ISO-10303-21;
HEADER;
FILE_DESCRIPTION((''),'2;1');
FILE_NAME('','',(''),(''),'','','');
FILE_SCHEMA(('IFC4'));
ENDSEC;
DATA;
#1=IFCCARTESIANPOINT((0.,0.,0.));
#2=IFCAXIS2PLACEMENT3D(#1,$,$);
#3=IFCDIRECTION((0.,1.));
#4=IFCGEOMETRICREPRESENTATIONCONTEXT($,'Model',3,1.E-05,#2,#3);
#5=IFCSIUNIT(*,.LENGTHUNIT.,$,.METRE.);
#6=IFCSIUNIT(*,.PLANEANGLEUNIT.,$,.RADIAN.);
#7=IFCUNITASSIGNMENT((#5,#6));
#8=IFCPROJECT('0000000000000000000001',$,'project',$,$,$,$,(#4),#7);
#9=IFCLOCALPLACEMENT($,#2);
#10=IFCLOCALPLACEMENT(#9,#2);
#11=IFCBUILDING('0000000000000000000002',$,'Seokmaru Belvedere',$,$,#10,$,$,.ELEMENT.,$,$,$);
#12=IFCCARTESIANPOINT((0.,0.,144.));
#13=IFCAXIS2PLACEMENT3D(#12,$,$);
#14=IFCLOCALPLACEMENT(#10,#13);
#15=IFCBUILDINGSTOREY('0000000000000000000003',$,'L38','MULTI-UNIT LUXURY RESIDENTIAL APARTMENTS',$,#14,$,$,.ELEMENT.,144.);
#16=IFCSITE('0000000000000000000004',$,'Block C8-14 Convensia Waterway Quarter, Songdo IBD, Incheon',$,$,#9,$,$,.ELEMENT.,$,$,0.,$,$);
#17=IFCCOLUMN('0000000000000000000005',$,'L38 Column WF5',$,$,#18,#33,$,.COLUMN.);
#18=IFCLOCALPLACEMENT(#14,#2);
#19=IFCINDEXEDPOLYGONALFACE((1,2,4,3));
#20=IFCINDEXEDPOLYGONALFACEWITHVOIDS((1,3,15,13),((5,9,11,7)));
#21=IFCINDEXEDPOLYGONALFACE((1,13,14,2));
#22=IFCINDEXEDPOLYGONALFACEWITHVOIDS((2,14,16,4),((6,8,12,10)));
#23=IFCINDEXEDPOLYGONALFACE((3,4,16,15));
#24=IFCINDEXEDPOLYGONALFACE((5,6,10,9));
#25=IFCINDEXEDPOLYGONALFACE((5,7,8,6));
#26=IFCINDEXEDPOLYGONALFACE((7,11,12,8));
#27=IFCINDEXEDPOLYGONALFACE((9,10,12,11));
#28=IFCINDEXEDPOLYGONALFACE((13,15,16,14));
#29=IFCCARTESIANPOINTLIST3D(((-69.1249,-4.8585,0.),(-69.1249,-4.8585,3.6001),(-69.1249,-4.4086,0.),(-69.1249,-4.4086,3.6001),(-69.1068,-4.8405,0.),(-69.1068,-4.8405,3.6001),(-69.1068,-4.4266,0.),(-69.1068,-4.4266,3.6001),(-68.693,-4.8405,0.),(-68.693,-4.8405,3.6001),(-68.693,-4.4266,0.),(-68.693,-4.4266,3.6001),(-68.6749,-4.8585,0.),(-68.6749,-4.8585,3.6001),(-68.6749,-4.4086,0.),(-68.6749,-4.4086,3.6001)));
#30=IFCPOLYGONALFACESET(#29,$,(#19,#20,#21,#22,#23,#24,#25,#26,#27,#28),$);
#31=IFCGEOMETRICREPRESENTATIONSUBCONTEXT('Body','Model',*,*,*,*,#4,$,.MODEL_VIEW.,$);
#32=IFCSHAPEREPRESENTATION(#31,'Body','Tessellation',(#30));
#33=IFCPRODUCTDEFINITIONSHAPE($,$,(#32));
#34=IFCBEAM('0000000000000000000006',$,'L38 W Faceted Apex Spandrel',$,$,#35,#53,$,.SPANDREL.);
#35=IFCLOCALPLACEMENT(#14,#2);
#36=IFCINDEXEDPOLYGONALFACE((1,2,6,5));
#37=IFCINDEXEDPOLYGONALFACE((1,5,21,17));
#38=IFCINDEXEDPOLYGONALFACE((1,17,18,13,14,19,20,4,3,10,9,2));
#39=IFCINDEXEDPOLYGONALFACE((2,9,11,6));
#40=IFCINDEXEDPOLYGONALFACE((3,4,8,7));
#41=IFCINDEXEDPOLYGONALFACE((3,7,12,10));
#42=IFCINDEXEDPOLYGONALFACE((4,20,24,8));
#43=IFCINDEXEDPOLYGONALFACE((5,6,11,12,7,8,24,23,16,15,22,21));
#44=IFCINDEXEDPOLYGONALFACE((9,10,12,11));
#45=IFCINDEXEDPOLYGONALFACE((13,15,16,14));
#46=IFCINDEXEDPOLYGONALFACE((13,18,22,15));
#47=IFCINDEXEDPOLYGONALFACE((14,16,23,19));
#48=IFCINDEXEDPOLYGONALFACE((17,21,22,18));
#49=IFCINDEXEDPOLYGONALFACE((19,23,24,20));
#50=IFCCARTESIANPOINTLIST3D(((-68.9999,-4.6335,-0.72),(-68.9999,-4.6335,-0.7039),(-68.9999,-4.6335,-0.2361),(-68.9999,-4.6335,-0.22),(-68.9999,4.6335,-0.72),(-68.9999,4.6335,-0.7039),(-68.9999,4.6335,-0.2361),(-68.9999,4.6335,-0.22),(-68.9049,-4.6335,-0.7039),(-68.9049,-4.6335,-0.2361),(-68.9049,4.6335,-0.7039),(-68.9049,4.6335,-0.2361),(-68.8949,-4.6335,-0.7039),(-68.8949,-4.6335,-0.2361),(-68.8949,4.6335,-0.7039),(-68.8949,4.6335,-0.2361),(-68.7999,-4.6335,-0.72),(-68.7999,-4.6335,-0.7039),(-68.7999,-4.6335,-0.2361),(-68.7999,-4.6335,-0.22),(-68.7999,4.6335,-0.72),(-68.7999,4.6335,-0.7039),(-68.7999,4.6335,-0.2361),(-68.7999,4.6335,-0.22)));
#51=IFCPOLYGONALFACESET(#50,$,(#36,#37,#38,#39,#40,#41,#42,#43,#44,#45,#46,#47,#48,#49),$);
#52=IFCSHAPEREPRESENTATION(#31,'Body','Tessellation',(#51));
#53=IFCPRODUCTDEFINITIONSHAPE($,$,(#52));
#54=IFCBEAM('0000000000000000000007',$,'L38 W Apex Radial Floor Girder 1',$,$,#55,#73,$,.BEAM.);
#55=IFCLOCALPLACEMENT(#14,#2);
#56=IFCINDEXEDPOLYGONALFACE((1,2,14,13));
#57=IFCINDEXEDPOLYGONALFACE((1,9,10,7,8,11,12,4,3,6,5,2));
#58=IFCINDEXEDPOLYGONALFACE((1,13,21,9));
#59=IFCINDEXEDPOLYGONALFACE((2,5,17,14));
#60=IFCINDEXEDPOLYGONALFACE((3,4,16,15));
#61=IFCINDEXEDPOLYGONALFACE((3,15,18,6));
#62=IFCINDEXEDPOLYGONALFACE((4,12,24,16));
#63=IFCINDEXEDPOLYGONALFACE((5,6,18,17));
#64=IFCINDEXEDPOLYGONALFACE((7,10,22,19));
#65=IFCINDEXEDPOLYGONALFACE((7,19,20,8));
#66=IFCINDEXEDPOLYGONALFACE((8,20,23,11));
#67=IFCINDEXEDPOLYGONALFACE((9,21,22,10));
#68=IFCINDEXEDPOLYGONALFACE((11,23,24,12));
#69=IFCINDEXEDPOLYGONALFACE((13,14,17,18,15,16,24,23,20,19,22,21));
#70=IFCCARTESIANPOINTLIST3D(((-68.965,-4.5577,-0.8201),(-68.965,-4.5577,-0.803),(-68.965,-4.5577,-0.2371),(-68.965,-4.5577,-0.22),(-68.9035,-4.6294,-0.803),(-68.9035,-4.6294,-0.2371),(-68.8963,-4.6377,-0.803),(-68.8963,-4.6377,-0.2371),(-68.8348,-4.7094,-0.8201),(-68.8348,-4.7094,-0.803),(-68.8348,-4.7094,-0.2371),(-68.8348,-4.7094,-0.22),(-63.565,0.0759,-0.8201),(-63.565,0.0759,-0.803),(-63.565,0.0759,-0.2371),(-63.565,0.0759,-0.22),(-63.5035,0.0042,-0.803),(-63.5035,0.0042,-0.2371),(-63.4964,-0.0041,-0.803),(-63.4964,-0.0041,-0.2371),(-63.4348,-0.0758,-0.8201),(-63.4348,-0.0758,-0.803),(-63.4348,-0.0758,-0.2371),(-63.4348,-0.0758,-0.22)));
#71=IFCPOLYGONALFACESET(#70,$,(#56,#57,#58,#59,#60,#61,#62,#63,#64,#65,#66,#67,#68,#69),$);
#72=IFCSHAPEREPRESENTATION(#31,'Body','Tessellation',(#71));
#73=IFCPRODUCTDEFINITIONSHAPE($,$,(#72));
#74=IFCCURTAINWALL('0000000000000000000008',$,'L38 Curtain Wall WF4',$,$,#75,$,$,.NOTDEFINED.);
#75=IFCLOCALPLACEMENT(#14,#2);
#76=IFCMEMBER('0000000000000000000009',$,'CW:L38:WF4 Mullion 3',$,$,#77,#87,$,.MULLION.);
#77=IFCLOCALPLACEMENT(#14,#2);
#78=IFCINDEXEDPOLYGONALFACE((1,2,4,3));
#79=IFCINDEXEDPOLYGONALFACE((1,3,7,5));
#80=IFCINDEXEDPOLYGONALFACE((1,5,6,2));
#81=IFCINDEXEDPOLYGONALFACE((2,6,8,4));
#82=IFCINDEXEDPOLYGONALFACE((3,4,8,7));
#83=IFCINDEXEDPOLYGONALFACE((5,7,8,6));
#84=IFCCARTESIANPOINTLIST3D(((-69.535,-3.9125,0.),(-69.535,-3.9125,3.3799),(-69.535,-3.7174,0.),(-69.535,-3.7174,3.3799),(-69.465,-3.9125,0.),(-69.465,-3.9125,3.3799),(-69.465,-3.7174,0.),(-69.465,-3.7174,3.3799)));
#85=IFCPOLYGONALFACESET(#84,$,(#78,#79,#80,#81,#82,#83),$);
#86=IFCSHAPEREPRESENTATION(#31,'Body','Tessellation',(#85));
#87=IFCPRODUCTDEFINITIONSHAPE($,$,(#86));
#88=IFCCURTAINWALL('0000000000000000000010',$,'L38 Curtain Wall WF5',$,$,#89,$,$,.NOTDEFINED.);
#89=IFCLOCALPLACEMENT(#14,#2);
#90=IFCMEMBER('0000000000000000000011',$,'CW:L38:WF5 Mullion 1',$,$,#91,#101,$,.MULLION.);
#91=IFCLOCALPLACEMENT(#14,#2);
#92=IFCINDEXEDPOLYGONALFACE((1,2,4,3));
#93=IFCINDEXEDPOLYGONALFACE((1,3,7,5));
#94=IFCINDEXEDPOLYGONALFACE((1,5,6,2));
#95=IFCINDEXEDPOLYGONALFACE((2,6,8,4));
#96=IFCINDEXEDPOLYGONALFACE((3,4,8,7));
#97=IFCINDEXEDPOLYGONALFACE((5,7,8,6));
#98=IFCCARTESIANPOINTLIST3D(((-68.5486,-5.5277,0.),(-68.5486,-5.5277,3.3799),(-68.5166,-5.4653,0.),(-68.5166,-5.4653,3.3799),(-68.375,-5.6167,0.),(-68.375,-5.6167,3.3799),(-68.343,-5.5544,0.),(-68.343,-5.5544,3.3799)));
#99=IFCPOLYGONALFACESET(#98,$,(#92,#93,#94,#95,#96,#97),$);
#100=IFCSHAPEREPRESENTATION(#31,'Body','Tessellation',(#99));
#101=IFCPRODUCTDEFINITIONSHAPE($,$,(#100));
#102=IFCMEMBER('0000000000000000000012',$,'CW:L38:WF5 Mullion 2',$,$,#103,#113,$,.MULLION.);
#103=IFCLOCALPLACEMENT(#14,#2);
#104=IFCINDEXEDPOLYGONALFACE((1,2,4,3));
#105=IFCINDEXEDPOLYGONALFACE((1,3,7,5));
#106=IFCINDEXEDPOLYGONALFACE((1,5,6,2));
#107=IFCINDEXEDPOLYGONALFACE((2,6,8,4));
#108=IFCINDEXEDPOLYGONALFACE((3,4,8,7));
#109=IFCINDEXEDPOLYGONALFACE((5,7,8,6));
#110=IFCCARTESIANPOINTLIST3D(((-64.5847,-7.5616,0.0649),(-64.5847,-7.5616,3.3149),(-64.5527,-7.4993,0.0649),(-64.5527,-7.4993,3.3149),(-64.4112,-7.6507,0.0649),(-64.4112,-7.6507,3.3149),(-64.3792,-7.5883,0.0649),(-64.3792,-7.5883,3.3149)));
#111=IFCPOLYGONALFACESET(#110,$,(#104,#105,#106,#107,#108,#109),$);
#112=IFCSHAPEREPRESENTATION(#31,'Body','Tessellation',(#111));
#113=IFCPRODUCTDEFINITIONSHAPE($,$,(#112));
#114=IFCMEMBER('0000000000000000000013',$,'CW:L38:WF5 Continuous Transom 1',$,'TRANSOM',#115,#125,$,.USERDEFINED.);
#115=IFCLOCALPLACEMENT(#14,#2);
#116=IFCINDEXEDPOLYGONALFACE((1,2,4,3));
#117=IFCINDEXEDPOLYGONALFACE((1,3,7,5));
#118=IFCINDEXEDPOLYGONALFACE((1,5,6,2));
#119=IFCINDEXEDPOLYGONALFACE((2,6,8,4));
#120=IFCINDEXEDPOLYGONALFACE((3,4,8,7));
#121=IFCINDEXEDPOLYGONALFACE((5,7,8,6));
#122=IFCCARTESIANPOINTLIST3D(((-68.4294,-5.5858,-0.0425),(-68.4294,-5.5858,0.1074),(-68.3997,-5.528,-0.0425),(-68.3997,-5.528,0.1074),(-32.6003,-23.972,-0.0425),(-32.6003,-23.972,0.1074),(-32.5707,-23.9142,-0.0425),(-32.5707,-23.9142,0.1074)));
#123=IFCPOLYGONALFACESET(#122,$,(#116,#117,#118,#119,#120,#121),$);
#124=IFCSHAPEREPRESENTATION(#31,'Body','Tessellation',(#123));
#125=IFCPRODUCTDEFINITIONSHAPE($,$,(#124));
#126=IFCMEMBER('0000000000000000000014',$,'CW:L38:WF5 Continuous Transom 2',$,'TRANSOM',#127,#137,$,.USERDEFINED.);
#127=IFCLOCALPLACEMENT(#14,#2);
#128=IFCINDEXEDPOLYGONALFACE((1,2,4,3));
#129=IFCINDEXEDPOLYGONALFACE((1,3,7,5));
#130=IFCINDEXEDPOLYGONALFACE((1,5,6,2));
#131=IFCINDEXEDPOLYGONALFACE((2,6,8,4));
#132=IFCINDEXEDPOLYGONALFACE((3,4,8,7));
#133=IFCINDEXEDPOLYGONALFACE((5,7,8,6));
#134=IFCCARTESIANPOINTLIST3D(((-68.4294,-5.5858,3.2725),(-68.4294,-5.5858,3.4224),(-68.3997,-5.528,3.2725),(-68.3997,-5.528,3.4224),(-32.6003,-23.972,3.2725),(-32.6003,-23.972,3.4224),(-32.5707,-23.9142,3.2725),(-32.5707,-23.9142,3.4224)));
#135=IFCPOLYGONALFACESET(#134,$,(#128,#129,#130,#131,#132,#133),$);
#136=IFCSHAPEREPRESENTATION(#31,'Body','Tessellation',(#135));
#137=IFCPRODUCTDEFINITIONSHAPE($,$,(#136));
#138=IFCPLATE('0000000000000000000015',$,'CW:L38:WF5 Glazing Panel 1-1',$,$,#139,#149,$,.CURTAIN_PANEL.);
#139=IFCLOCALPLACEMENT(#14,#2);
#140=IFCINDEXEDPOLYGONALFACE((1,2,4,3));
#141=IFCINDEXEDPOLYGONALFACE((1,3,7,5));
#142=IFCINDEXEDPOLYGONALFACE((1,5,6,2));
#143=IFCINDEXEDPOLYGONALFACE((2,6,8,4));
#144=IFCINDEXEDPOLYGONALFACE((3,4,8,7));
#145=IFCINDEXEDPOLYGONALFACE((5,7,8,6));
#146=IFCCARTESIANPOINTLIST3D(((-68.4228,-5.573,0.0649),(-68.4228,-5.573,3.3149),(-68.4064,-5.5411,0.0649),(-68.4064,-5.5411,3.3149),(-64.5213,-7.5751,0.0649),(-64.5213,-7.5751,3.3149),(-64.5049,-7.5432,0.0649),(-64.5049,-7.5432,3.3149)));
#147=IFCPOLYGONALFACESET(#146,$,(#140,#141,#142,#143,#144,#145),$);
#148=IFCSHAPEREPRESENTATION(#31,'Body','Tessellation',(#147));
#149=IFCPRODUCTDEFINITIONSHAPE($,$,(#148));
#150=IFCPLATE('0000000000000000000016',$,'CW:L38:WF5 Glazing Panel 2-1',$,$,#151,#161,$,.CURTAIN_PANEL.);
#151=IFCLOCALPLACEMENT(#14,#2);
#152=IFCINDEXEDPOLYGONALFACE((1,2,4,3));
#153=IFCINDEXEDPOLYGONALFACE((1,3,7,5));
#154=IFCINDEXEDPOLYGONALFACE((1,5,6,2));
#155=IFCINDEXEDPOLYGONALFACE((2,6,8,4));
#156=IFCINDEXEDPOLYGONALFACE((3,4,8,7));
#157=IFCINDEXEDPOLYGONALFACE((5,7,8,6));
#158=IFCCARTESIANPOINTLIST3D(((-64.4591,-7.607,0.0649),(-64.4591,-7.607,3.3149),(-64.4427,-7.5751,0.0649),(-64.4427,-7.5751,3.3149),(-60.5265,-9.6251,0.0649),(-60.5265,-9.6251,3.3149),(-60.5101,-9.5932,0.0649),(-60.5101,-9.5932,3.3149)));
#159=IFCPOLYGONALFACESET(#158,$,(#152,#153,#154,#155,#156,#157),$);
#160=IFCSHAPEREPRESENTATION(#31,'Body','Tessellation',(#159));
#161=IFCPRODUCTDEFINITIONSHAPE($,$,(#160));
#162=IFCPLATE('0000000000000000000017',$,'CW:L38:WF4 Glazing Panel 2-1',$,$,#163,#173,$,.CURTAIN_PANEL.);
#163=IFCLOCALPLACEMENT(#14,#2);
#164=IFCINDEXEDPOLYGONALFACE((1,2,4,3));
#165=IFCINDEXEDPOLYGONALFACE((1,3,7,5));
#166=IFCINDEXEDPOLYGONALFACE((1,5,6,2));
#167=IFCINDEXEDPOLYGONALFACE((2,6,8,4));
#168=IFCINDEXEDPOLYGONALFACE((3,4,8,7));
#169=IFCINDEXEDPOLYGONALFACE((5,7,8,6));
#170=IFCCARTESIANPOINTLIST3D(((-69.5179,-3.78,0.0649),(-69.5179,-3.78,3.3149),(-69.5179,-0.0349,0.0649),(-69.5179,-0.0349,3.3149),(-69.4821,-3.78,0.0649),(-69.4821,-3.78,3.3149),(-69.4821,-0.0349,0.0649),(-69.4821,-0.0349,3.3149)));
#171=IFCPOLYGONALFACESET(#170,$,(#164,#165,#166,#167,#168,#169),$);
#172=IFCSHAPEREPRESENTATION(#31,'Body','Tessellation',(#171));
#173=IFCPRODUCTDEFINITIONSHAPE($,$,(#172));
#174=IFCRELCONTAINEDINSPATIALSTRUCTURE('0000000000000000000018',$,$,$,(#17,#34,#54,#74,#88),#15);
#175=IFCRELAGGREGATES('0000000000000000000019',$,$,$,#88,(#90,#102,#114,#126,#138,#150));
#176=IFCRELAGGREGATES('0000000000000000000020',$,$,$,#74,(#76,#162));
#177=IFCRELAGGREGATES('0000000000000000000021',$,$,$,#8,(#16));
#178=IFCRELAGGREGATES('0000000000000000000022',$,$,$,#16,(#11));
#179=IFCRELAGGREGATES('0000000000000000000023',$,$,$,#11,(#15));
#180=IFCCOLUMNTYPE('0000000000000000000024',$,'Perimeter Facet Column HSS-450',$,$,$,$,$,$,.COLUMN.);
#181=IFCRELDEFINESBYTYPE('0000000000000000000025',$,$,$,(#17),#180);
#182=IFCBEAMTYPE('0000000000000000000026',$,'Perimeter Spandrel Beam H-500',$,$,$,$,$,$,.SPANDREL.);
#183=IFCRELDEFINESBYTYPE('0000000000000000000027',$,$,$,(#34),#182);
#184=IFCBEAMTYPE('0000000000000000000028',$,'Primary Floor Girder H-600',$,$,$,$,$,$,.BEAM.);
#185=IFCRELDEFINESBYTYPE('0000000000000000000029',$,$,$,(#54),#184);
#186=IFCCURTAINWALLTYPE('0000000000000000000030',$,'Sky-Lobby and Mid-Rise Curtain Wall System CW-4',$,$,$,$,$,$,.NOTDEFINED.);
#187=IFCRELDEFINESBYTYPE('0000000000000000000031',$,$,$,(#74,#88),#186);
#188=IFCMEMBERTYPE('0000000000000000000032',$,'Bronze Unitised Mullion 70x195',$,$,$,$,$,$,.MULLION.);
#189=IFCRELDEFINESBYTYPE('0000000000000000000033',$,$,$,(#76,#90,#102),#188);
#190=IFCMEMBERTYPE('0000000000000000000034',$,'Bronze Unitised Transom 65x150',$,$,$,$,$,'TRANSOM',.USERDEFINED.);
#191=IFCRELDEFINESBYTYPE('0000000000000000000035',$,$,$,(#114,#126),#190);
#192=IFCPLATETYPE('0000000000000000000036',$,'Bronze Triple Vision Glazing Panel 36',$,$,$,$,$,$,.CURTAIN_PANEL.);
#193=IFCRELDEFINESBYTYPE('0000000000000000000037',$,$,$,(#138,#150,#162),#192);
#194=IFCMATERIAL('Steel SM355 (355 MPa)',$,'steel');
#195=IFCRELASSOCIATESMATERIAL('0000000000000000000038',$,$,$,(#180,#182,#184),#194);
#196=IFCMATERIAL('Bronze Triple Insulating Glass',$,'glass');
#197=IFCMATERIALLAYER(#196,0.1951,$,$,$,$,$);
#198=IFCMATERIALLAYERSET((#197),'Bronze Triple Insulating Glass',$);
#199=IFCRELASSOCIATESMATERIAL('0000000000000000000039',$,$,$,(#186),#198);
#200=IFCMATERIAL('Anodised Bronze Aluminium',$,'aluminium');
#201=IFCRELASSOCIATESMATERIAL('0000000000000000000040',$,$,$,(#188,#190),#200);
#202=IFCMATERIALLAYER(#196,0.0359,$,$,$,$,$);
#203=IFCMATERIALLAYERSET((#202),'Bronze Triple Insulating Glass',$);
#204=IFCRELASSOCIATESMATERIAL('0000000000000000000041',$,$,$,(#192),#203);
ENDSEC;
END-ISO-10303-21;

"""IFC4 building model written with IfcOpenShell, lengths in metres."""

from ifc_helpers import new_model, si_unit, direction, frame, origin, origin_2d, place, context, subcontext, project, spatial, rectangle, hollow_rectangle, i_section, extrude, source, transform, mapped, material, layer, layer_set, material_profile, profile_set, type_object, type_shapes, element, aggregate, save


model = new_model("IFC4")

# Units and contexts
model_context = context("Model", 3, precision=1e-05, world=origin(), true_north=direction((0.0, 1.0)))
body_context = subcontext(model_context, "Body", "Model", "MODEL_VIEW")
ifc_project = project(units=[si_unit("LENGTHUNIT", "METRE"), si_unit("PLANEANGLEUNIT", "RADIAN")], contexts=[model_context])

# Site, building, storey
site_placement = place(None, origin())
site = spatial("IfcSite", under=ifc_project, at=site_placement, Name="Block C8-14 Convensia Waterway Quarter, Songdo IBD, Incheon", CompositionType="ELEMENT", RefElevation=0.0)
building_placement = place(site_placement, origin())
building = spatial("IfcBuilding", under=site, at=building_placement, Name="Seokmaru Belvedere", CompositionType="ELEMENT")
storey_placement = place(building_placement, frame((0.0, 0.0, 144.0)))
storey = spatial("IfcBuildingStorey", under=building, at=storey_placement, Name="L38", Description="MULTI-UNIT LUXURY RESIDENTIAL APARTMENTS", CompositionType="ELEMENT", Elevation=144.0)

# Column
ifc_material_1 = material(Name="Steel SM355 (355 MPa)", Category="steel")
ifc_material_profile_1 = material_profile(ifc_material_1, hollow_rectangle(XDim=0.45, YDim=0.45, WallThickness=0.0181, at=origin_2d()), Name="HSS-450x450x18")
ifc_profile_set_1 = profile_set([ifc_material_profile_1], Name="Steel SM355 (355 MPa)")
column_type = type_object("IfcColumnType", Name="Perimeter Facet Column HSS-450", PredefinedType="COLUMN", material=ifc_profile_set_1)
shared_shape_1 = source(origin(), body_context, "Body", "SweptSolid", [
    extrude(hollow_rectangle(XDim=0.45, YDim=0.45, WallThickness=0.0181, at=origin_2d()), origin(), (0.0, 0.0, 1.0), 3.6001),
])
type_shapes(column_type, [shared_shape_1])
column_placement = place(storey_placement, frame((-68.8999, -4.6335, 0.0), z_axis=(0.0, 0.0, 1.0), x_axis=(1.0, 0.0, 0.0)))
element("IfcColumn", 1, at=column_placement, inside=storey, type_object=column_type, Name="L38 Column WF5", PredefinedType="COLUMN", context=body_context, shape_type="MappedRepresentation", body=[
    mapped(shared_shape_1, transform((0.0, 0.0, 0.0), scale=1.0)),
])

# Beams
ifc_material_profile_2 = material_profile(ifc_material_1, i_section(OverallWidth=0.2, OverallDepth=0.5, WebThickness=0.01, FlangeThickness=0.0161, at=origin_2d()), Name="H-500x200x10x16")
ifc_profile_set_2 = profile_set([ifc_material_profile_2], Name="Steel SM355 (355 MPa)")
beam_type_1 = type_object("IfcBeamType", Name="Perimeter Spandrel Beam H-500", PredefinedType="SPANDREL", material=ifc_profile_set_2)
shared_shape_2 = source(origin(), body_context, "Body", "SweptSolid", [
    extrude(i_section(OverallWidth=0.2, OverallDepth=0.5, WebThickness=0.01, FlangeThickness=0.0161, at=origin_2d()), origin(), (0.0, 0.0, 1.0), 9.2671),
])
type_shapes(beam_type_1, [shared_shape_2])
beam_1_placement = place(storey_placement, frame((-68.8999, -4.6335, -0.47), z_axis=(0.0, 1.0, 0.0), x_axis=(-1.0, 0.0, 0.0)))
element("IfcBeam", 2, at=beam_1_placement, inside=storey, type_object=beam_type_1, Name="L38 W Faceted Apex Spandrel", PredefinedType="SPANDREL", context=body_context, shape_type="MappedRepresentation", body=[
    mapped(shared_shape_2, transform((0.0, 0.0, 0.0), scale=1.0)),
])
ifc_material_profile_3 = material_profile(ifc_material_1, i_section(OverallWidth=0.2, OverallDepth=0.6001, WebThickness=0.011, FlangeThickness=0.0171, at=origin_2d()), Name="H-600x200x11x17")
ifc_profile_set_3 = profile_set([ifc_material_profile_3], Name="Steel SM355 (355 MPa)")
beam_type_2 = type_object("IfcBeamType", Name="Primary Floor Girder H-600", PredefinedType="BEAM", material=ifc_profile_set_3)
shared_shape_3 = source(origin(), body_context, "Body", "SweptSolid", [
    extrude(i_section(OverallWidth=0.2, OverallDepth=0.6001, WebThickness=0.011, FlangeThickness=0.0171, at=origin_2d()), origin(), (0.0, 0.0, 1.0), 7.1155),
])
type_shapes(beam_type_2, [shared_shape_3])
beam_2_placement = place(storey_placement, frame((-68.8999, -4.6335, -0.52), z_axis=(0.758905, 0.651201, 0.0), x_axis=(-0.651201, 0.758905, 0.0)))
element("IfcBeam", 3, at=beam_2_placement, inside=storey, type_object=beam_type_2, Name="L38 W Apex Radial Floor Girder 1", PredefinedType="BEAM", context=body_context, shape_type="MappedRepresentation", body=[
    mapped(shared_shape_3, transform((0.0, 0.0, 0.0), scale=1.0)),
])

# Curtain wall, member
ifc_material_2 = material(Name="Bronze Triple Insulating Glass", Category="glass")
ifc_layer_1 = layer(ifc_material_2, 0.1951)
ifc_layer_set_1 = layer_set([ifc_layer_1], Name="Bronze Triple Insulating Glass")
curtain_wall_type = type_object("IfcCurtainWallType", Name="Sky-Lobby and Mid-Rise Curtain Wall System CW-4", PredefinedType="NOTDEFINED", material=ifc_layer_set_1)
curtain_wall_1_placement = place(storey_placement, origin())
curtain_wall_1 = element("IfcCurtainWall", 4, at=curtain_wall_1_placement, inside=storey, type_object=curtain_wall_type, Name="L38 Curtain Wall WF4", PredefinedType="NOTDEFINED")
ifc_material_3 = material(Name="Anodised Bronze Aluminium", Category="aluminium")
ifc_material_profile_4 = material_profile(ifc_material_3, rectangle(XDim=0.0701, YDim=0.1951, at=origin_2d()), Name="CW-M-70x195")
ifc_profile_set_4 = profile_set([ifc_material_profile_4], Name="Anodised Bronze Aluminium")
member_type_1 = type_object("IfcMemberType", Name="Bronze Unitised Mullion 70x195", PredefinedType="MULLION", material=ifc_profile_set_4)
shared_shape_4 = source(origin(), body_context, "Body", "SweptSolid", [
    extrude(rectangle(XDim=0.0701, YDim=0.1951, at=origin_2d()), origin(), (0.0, 0.0, 1.0), 3.3799),
])
member_1_placement = place(storey_placement, frame((-69.5, -3.8149, 0.0), z_axis=(0.0, 0.0, 1.0), x_axis=(1.0, 0.0, 0.0)))
member_1 = element("IfcMember", 5, at=member_1_placement, type_object=member_type_1, Name="CW:L38:WF4 Mullion 3", PredefinedType="MULLION", context=body_context, shape_type="MappedRepresentation", body=[
    mapped(shared_shape_4, transform((0.0, 0.0, 0.0), scale=1.0)),
])

# Curtain wall, members, plates
curtain_wall_2_placement = place(storey_placement, origin())
curtain_wall_2 = element("IfcCurtainWall", 6, at=curtain_wall_2_placement, inside=storey, type_object=curtain_wall_type, Name="L38 Curtain Wall WF5", PredefinedType="NOTDEFINED")
member_2_placement = place(storey_placement, frame((-68.4458, -5.541, 0.0), z_axis=(0.0, 0.0, 1.0), x_axis=(0.456555, 0.889695, 0.0)))
member_2 = element("IfcMember", 7, at=member_2_placement, type_object=member_type_1, Name="CW:L38:WF5 Mullion 1", PredefinedType="MULLION", context=body_context, shape_type="MappedRepresentation", body=[
    mapped(shared_shape_4, transform((0.0, 0.0, 0.0), scale=1.0)),
])
shared_shape_5 = source(origin(), body_context, "Body", "SweptSolid", [
    extrude(rectangle(XDim=0.0701, YDim=0.1951, at=origin_2d()), origin(), (0.0, 0.0, 1.0), 3.25),
])
type_shapes(member_type_1, [shared_shape_4, shared_shape_5])
member_3_placement = place(storey_placement, frame((-64.4819, -7.575, 0.0649), z_axis=(0.0, 0.0, 1.0), x_axis=(0.456555, 0.889695, 0.0)))
member_3 = element("IfcMember", 8, at=member_3_placement, type_object=member_type_1, Name="CW:L38:WF5 Mullion 2", PredefinedType="MULLION", context=body_context, shape_type="MappedRepresentation", body=[
    mapped(shared_shape_5, transform((0.0, 0.0, 0.0), scale=1.0)),
])
ifc_material_profile_5 = material_profile(ifc_material_3, rectangle(XDim=0.0649, YDim=0.1499, at=origin_2d()), Name="CW-T-65x150")
ifc_profile_set_5 = profile_set([ifc_material_profile_5], Name="Anodised Bronze Aluminium")
member_type_2 = type_object("IfcMemberType", Name="Bronze Unitised Transom 65x150", ElementType="TRANSOM", PredefinedType="USERDEFINED", material=ifc_profile_set_5)
shared_shape_6 = source(origin(), body_context, "Body", "SweptSolid", [
    extrude(rectangle(XDim=0.0649, YDim=0.1499, at=origin_2d()), origin(), (0.0, 0.0, 1.0), 40.2712),
])
type_shapes(member_type_2, [shared_shape_6])
member_4_placement = place(storey_placement, frame((-68.4146, -5.5569, 0.0325), z_axis=(0.889693, -0.456559, 0.0), x_axis=(0.456559, 0.889693, 0.0)))
member_4 = element("IfcMember", 9, at=member_4_placement, type_object=member_type_2, Name="CW:L38:WF5 Continuous Transom 1", ObjectType="TRANSOM", PredefinedType="USERDEFINED", context=body_context, shape_type="MappedRepresentation", body=[
    mapped(shared_shape_6, transform((0.0, 0.0, 0.0), scale=1.0)),
])
member_5_placement = place(storey_placement, frame((-68.4146, -5.5569, 3.3474), z_axis=(0.889693, -0.456559, 0.0), x_axis=(0.456559, 0.889693, 0.0)))
member_5 = element("IfcMember", 10, at=member_5_placement, type_object=member_type_2, Name="CW:L38:WF5 Continuous Transom 2", ObjectType="TRANSOM", PredefinedType="USERDEFINED", context=body_context, shape_type="MappedRepresentation", body=[
    mapped(shared_shape_6, transform((0.0, 0.0, 0.0), scale=1.0)),
])
ifc_layer_2 = layer(ifc_material_2, 0.0359)
ifc_layer_set_2 = layer_set([ifc_layer_2], Name="Bronze Triple Insulating Glass")
plate_type = type_object("IfcPlateType", Name="Bronze Triple Vision Glazing Panel 36", PredefinedType="CURTAIN_PANEL", material=ifc_layer_set_2)
shared_shape_7 = source(origin(), body_context, "Body", "SweptSolid", [
    extrude(rectangle(XDim=4.3853, YDim=0.0359, at=origin_2d()), origin(), (0.0, 0.0, 1.0), 3.25),
])
plate_1_placement = place(storey_placement, frame((-66.4639, -6.5581, 0.0649), z_axis=(0.0, 0.0, 1.0), x_axis=(0.889695, -0.456555, 0.0)))
plate_1 = element("IfcPlate", 11, at=plate_1_placement, type_object=plate_type, Name="CW:L38:WF5 Glazing Panel 1-1", PredefinedType="CURTAIN_PANEL", context=body_context, shape_type="MappedRepresentation", body=[
    mapped(shared_shape_7, transform((0.0, 0.0, 0.0), scale=1.0)),
])
shared_shape_8 = source(origin(), body_context, "Body", "SweptSolid", [
    extrude(rectangle(XDim=4.4202, YDim=0.0359, at=origin_2d()), origin(), (0.0, 0.0, 1.0), 3.25),
])
plate_2_placement = place(storey_placement, frame((-62.4846, -8.6001, 0.0649), z_axis=(0.0, 0.0, 1.0), x_axis=(0.889695, -0.456555, 0.0)))
plate_2 = element("IfcPlate", 12, at=plate_2_placement, type_object=plate_type, Name="CW:L38:WF5 Glazing Panel 2-1", PredefinedType="CURTAIN_PANEL", context=body_context, shape_type="MappedRepresentation", body=[
    mapped(shared_shape_8, transform((0.0, 0.0, 0.0), scale=1.0)),
])
aggregate(curtain_wall_2, [member_2, member_3, member_4, member_5, plate_1, plate_2])

# Plate
shared_shape_9 = source(origin(), body_context, "Body", "SweptSolid", [
    extrude(rectangle(XDim=3.7451, YDim=0.0359, at=origin_2d()), origin(), (0.0, 0.0, 1.0), 3.25),
])
type_shapes(plate_type, [shared_shape_7, shared_shape_8, shared_shape_9])
plate_3_placement = place(storey_placement, frame((-69.5, -1.9075, 0.0649), z_axis=(0.0, 0.0, 1.0), x_axis=(0.0, -1.0, 0.0)))
plate_3 = element("IfcPlate", 13, at=plate_3_placement, type_object=plate_type, Name="CW:L38:WF4 Glazing Panel 2-1", PredefinedType="CURTAIN_PANEL", context=body_context, shape_type="MappedRepresentation", body=[
    mapped(shared_shape_9, transform((0.0, 0.0, 0.0), scale=1.0)),
])
aggregate(curtain_wall_1, [member_1, plate_3])

save(model, "model.ifc")
